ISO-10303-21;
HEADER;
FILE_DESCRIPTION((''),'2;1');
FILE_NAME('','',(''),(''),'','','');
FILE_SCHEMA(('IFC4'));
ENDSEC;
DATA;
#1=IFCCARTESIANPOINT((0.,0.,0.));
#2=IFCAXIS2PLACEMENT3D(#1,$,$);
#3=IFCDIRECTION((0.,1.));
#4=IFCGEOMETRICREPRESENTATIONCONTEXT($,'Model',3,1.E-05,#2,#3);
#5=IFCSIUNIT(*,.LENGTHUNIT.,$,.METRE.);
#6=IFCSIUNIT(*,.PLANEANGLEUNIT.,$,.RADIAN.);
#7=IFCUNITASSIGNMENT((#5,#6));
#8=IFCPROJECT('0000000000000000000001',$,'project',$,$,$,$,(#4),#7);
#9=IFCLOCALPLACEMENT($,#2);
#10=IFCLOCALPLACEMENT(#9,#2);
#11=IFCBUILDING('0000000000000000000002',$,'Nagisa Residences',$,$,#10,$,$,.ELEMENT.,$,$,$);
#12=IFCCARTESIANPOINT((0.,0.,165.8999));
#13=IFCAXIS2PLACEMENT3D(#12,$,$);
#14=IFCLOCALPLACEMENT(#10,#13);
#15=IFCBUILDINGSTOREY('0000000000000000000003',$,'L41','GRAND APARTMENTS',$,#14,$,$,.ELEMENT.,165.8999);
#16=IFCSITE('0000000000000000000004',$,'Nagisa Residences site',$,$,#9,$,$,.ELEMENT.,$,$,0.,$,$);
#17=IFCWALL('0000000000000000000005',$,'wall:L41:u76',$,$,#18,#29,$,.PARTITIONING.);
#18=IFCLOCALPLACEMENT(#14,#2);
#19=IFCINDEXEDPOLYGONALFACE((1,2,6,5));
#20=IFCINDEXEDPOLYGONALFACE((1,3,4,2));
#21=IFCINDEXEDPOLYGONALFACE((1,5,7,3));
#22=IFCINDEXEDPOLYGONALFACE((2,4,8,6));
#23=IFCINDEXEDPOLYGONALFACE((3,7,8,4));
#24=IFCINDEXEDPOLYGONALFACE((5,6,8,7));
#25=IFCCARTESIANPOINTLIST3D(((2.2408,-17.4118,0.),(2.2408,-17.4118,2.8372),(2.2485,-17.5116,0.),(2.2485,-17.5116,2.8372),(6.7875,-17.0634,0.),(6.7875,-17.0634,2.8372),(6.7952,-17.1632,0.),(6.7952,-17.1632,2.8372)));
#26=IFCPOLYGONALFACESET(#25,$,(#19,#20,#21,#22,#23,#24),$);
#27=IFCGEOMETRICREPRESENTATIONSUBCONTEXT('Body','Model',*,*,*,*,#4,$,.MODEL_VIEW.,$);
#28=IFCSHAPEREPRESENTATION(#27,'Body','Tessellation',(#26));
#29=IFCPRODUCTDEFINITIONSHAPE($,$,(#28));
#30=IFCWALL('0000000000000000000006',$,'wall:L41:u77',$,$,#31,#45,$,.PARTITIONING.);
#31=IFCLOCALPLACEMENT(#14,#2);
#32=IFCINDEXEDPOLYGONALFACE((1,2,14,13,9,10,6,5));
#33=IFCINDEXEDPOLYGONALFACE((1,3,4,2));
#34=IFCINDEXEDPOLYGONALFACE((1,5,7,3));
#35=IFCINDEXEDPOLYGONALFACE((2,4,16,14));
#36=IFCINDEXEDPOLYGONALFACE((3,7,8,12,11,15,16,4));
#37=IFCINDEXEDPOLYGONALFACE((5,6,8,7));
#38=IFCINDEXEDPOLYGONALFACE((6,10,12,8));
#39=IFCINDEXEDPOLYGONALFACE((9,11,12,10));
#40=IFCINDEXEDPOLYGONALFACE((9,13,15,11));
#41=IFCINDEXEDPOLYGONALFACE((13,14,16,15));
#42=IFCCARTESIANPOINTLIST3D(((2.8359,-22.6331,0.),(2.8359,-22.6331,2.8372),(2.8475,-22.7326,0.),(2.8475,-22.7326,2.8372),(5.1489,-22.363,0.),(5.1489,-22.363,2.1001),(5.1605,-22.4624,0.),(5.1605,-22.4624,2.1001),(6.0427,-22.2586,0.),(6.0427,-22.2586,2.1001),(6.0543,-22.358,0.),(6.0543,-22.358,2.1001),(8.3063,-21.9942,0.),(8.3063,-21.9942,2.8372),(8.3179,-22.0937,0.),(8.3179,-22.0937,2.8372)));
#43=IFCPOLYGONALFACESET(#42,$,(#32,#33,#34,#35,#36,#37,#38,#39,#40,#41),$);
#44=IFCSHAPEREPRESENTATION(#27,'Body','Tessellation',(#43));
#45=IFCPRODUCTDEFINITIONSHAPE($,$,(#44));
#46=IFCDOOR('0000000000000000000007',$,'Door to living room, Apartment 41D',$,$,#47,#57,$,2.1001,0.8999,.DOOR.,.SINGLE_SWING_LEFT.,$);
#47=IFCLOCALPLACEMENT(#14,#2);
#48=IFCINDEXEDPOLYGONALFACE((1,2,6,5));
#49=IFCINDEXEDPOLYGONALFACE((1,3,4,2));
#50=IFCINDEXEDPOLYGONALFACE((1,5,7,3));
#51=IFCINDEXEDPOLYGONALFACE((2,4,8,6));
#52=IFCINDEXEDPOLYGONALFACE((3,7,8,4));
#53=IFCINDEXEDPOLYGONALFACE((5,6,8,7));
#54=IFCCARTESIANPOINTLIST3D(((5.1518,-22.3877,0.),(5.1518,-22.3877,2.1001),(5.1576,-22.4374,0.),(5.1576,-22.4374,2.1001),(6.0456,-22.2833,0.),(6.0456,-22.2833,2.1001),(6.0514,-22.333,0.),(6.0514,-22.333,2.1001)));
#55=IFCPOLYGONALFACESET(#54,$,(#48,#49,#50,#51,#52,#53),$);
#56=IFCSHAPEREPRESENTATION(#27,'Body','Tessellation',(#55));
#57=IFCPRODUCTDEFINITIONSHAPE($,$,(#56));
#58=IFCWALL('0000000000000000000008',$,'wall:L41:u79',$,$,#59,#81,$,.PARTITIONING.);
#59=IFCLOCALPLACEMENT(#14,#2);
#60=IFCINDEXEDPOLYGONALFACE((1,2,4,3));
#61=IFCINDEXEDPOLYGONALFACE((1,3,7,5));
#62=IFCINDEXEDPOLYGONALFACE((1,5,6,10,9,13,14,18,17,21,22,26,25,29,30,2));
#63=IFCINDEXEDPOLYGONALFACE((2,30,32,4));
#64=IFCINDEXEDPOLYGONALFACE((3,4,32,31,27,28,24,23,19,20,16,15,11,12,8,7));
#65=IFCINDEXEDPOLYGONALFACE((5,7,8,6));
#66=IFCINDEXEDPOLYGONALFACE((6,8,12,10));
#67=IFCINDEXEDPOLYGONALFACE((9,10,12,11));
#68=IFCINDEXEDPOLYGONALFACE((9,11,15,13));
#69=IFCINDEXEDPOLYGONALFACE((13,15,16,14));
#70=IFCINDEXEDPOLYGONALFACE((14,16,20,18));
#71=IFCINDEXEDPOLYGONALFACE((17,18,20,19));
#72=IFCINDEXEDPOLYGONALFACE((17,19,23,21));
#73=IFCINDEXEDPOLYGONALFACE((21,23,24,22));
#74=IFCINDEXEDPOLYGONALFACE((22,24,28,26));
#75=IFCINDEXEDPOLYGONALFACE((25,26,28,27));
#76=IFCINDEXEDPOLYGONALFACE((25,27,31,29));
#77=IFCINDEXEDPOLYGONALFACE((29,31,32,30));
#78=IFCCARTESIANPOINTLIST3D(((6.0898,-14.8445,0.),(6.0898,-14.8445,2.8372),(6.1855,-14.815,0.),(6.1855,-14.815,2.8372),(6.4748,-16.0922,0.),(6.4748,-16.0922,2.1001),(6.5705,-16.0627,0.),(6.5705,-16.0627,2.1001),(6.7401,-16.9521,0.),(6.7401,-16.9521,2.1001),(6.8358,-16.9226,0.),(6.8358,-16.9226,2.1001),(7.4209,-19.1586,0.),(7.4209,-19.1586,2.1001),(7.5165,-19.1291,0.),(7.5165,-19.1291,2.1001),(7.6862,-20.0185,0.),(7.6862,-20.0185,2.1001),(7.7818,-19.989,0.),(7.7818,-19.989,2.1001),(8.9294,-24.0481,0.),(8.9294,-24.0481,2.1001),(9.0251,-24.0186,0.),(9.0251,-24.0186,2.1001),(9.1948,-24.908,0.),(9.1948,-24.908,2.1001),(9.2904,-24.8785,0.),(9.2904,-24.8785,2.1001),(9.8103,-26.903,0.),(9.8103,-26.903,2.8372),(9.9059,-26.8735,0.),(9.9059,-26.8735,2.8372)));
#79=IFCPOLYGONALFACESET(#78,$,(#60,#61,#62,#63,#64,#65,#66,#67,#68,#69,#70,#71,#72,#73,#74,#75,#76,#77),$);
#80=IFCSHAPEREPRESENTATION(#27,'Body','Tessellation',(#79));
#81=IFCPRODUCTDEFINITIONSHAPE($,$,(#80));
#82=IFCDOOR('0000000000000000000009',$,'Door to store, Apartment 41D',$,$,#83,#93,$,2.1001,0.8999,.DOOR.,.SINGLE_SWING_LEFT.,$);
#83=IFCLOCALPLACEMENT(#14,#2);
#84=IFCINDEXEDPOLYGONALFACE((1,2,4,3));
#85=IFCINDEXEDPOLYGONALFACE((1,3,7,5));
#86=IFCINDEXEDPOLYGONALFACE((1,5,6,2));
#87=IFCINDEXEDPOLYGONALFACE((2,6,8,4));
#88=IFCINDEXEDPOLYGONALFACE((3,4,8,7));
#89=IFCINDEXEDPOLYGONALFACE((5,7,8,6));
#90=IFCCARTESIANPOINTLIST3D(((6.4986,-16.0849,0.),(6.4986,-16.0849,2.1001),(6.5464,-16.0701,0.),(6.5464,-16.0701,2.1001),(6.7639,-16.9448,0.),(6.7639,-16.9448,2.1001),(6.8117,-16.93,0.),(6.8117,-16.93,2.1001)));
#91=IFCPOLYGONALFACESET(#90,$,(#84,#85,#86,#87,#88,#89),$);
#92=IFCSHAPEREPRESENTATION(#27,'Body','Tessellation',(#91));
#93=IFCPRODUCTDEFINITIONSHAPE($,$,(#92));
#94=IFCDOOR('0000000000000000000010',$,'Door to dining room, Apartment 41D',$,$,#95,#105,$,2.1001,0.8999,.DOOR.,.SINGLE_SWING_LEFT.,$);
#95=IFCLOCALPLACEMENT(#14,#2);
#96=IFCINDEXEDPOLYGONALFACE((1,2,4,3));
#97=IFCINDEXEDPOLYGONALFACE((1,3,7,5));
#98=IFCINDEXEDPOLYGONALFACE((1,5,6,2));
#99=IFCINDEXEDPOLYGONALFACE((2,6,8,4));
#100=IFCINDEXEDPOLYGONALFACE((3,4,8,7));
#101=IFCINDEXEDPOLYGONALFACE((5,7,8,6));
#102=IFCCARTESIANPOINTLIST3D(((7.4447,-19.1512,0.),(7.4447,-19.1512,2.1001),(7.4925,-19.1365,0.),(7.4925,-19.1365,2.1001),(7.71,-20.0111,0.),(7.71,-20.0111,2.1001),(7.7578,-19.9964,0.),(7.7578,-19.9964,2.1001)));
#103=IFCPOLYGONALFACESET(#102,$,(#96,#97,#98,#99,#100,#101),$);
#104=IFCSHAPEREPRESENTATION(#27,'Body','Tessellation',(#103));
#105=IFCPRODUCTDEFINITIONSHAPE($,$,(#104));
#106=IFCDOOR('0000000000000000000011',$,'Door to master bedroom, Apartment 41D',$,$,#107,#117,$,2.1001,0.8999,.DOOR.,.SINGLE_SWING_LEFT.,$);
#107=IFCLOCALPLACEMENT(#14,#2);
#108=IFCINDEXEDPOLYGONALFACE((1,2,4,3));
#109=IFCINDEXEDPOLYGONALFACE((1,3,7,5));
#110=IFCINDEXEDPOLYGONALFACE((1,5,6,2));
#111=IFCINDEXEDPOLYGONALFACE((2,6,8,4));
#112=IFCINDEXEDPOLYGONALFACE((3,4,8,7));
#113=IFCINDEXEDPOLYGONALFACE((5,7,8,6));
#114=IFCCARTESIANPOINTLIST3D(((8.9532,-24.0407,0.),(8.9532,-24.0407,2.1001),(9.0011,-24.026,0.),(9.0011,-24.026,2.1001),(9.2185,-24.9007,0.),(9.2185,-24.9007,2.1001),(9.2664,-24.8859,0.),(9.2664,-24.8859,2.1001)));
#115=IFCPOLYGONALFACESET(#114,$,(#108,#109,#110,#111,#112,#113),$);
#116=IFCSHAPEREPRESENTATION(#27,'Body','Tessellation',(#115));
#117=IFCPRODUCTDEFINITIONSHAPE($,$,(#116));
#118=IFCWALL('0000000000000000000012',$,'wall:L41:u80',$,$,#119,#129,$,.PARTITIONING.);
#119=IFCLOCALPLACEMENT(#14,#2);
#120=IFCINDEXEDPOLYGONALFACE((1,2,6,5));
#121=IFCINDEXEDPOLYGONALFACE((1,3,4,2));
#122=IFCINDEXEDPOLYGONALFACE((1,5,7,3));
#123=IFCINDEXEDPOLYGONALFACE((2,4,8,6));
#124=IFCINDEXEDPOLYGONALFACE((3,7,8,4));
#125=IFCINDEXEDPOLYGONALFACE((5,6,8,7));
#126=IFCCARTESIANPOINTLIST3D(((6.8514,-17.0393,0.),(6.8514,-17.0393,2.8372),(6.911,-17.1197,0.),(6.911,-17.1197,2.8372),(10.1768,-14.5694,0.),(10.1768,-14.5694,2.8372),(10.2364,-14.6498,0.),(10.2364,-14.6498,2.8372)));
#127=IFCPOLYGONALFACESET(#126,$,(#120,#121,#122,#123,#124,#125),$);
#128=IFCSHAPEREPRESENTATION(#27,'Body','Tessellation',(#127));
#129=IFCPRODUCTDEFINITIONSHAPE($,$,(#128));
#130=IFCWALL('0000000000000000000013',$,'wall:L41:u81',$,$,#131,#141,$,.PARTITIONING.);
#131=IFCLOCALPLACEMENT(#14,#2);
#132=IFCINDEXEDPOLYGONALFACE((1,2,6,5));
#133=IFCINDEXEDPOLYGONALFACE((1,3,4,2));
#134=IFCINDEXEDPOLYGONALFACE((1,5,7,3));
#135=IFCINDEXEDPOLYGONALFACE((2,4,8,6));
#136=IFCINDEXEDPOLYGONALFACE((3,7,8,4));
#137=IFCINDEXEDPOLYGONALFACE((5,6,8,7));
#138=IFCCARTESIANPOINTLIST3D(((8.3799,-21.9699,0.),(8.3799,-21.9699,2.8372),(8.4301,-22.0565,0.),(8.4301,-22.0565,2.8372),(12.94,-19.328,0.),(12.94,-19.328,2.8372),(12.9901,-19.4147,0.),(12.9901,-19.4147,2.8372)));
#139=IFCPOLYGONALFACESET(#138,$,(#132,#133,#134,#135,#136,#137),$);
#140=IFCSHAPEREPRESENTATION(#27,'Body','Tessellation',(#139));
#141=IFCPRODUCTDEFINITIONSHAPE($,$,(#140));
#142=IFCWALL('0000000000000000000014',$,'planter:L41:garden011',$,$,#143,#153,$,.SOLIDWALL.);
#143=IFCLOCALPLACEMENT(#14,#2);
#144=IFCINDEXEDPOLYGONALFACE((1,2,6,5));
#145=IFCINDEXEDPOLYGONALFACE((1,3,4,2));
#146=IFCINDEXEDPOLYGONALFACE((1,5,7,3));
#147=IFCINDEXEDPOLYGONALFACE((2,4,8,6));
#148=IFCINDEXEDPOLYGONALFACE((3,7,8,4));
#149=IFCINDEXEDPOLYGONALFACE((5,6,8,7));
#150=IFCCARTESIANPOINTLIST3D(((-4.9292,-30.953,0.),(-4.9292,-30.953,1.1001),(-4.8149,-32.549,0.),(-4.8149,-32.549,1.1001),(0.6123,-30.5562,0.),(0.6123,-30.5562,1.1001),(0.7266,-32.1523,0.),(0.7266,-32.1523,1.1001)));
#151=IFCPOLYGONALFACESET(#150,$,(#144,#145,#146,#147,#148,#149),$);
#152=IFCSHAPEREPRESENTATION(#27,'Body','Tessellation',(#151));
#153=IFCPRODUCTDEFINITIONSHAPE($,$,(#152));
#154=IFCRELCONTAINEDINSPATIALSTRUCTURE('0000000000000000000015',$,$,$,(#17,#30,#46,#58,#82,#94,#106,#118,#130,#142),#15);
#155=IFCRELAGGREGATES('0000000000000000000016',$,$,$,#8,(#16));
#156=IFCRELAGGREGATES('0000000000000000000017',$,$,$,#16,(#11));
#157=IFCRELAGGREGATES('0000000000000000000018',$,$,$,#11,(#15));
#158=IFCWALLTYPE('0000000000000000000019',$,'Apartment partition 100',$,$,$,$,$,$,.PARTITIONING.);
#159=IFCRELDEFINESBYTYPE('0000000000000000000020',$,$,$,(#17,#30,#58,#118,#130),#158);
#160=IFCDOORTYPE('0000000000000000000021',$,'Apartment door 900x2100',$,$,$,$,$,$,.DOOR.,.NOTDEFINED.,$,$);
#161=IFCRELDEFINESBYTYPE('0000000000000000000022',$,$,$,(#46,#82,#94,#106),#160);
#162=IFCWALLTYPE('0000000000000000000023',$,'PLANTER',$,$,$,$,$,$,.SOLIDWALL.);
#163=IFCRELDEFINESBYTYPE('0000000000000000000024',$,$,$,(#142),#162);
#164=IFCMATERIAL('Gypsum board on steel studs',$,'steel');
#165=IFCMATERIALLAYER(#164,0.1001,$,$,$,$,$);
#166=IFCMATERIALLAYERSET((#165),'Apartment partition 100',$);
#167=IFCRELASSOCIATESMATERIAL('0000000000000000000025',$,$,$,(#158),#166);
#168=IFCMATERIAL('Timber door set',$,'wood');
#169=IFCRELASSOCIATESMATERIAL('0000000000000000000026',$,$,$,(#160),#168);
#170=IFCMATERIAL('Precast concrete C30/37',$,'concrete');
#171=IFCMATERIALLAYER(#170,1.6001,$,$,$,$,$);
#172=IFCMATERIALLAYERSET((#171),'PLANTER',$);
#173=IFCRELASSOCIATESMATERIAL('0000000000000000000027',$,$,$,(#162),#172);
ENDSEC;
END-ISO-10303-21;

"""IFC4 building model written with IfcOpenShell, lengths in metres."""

from ifc_helpers import new_model, si_unit, direction, frame, frame_2d, origin, place, context, subcontext, project, spatial, rectangle, extrude, material, layer, layer_set, type_object, element, fill, save


model = new_model("IFC4")

# Units and contexts
model_context = context("Model", 3, precision=1e-05, world=origin(), true_north=direction((0.0, 1.0)))
body_context = subcontext(model_context, "Body", "Model", "MODEL_VIEW")
ifc_project = project(units=[si_unit("LENGTHUNIT", "METRE"), si_unit("PLANEANGLEUNIT", "RADIAN")], contexts=[model_context])

# Site, building, storey
site_placement = place(None, origin())
site = spatial("IfcSite", under=ifc_project, at=site_placement, Name="Nagisa Residences site", CompositionType="ELEMENT", RefElevation=0.0)
building_placement = place(site_placement, origin())
building = spatial("IfcBuilding", under=site, at=building_placement, Name="Nagisa Residences", CompositionType="ELEMENT")
storey_placement = place(building_placement, frame((0.0, 0.0, 165.8999)))
storey = spatial("IfcBuildingStorey", under=building, at=storey_placement, Name="L41", Description="GRAND APARTMENTS", CompositionType="ELEMENT", Elevation=165.8999)

# Wall
ifc_material_1 = material(Name="Gypsum board on steel studs", Category="steel")
ifc_layer_1 = layer(ifc_material_1, 0.1001)
ifc_layer_set_1 = layer_set([ifc_layer_1], Name="Apartment partition 100")
wall_type_1 = type_object("IfcWallType", Name="Apartment partition 100", PredefinedType="PARTITIONING", material=ifc_layer_set_1)
wall_1_placement = place(storey_placement, frame((2.2446, -17.4617, 0.0), z_axis=(0.0, 0.0, 1.0), x_axis=(0.997077, 0.076402, 0.0)))
element("IfcWall", 1, at=wall_1_placement, inside=storey, type_object=wall_type_1, Name="wall:L41:u76", PredefinedType="PARTITIONING", context=body_context, shape_type="SweptSolid", body=[
    extrude(rectangle(XDim=4.5601, YDim=0.1001, at=frame_2d((2.28, 0.0))), origin(), (0.0, 0.0, 1.0), 2.8372),
])

# Wall, opening, door
wall_2_placement = place(storey_placement, frame((2.8416, -22.6829, 0.0), z_axis=(0.0, 0.0, 1.0), x_axis=(0.993249, 0.116005, 0.0)))
wall_2 = element("IfcWall", 2, at=wall_2_placement, inside=storey, type_object=wall_type_1, Name="wall:L41:u77", PredefinedType="PARTITIONING", context=body_context, shape_type="SweptSolid", body=[
    extrude(rectangle(XDim=5.5076, YDim=0.1001, at=frame_2d((2.7539, 0.0))), origin(), (0.0, 0.0, 1.0), 2.8372),
])
opening_1_placement = place(wall_2_placement, frame((2.3289, 0.0, 0.0)))
opening_1 = element("IfcOpeningElement", 3, at=opening_1_placement, cuts=wall_2, PredefinedType="OPENING", context=body_context, shape_type="SweptSolid", body=[
    extrude(rectangle(XDim=0.8999, YDim=2.1001, at=frame_2d((0.45, 1.05))), frame((0.0, 0.0601, 0.0), z_axis=(0.0, -1.0, 0.0), x_axis=(1.0, 0.0, 0.0)), (0.0, 0.0, 1.0), 0.1201),
])
ifc_material_2 = material(Name="Timber door set", Category="wood")
door_type_1 = type_object("IfcDoorType", Name="Apartment door 900x2100", OperationType="NOTDEFINED", PredefinedType="DOOR", material=ifc_material_2)
door_1_placement = place(opening_1_placement, frame((0.8999, 0.0, 0.0), x_axis=(-1.0, 0.0, 0.0)))
door_1 = element("IfcDoor", 4, at=door_1_placement, inside=storey, type_object=door_type_1, Name="Door to living room, Apartment 41D", OperationType="SINGLE_SWING_LEFT", OverallHeight=2.1001, OverallWidth=0.8999, PredefinedType="DOOR", context=body_context, shape_type="SweptSolid", body=[
    extrude(rectangle(XDim=0.8999, YDim=2.1001, at=frame_2d((0.45, 1.05))), frame((0.0, 0.0249, 0.0), z_axis=(0.0, -1.0, 0.0), x_axis=(1.0, 0.0, 0.0)), (0.0, 0.0, 1.0), 0.05),
])
fill(opening_1, door_1)

# Wall, openings, doors
wall_3_placement = place(storey_placement, frame((6.1377, -14.8298, 0.0), z_axis=(0.0, 0.0, 1.0), x_axis=(0.294819, -0.955553, 0.0)))
wall_3 = element("IfcWall", 5, at=wall_3_placement, inside=storey, type_object=wall_type_1, Name="wall:L41:u79", PredefinedType="PARTITIONING", context=body_context, shape_type="SweptSolid", body=[
    extrude(rectangle(XDim=12.6194, YDim=0.1001, at=frame_2d((6.3096, 0.0))), origin(), (0.0, 0.0, 1.0), 2.8372),
])
opening_2_placement = place(wall_3_placement, frame((1.3057, 0.0, 0.0)))
opening_2 = element("IfcOpeningElement", 6, at=opening_2_placement, cuts=wall_3, PredefinedType="OPENING", context=body_context, shape_type="SweptSolid", body=[
    extrude(rectangle(XDim=0.8999, YDim=2.1001, at=frame_2d((0.45, 1.05))), frame((0.0, 0.0601, 0.0), z_axis=(0.0, -1.0, 0.0), x_axis=(1.0, 0.0, 0.0)), (0.0, 0.0, 1.0), 0.1201),
])
opening_3_placement = place(wall_3_placement, frame((4.5146, 0.0, 0.0)))
opening_3 = element("IfcOpeningElement", 7, at=opening_3_placement, cuts=wall_3, PredefinedType="OPENING", context=body_context, shape_type="SweptSolid", body=[
    extrude(rectangle(XDim=0.8999, YDim=2.1001, at=frame_2d((0.45, 1.05))), frame((0.0, 0.0601, 0.0), z_axis=(0.0, -1.0, 0.0), x_axis=(1.0, 0.0, 0.0)), (0.0, 0.0, 1.0), 0.1201),
])
opening_4_placement = place(wall_3_placement, frame((9.6316, 0.0, 0.0)))
opening_4 = element("IfcOpeningElement", 8, at=opening_4_placement, cuts=wall_3, PredefinedType="OPENING", context=body_context, shape_type="SweptSolid", body=[
    extrude(rectangle(XDim=0.8999, YDim=2.1001, at=frame_2d((0.45, 1.05))), frame((0.0, 0.0601, 0.0), z_axis=(0.0, -1.0, 0.0), x_axis=(1.0, 0.0, 0.0)), (0.0, 0.0, 1.0), 0.1201),
])
door_2_placement = place(opening_2_placement, origin())
door_2 = element("IfcDoor", 9, at=door_2_placement, inside=storey, type_object=door_type_1, Name="Door to store, Apartment 41D", OperationType="SINGLE_SWING_LEFT", OverallHeight=2.1001, OverallWidth=0.8999, PredefinedType="DOOR", context=body_context, shape_type="SweptSolid", body=[
    extrude(rectangle(XDim=0.8999, YDim=2.1001, at=frame_2d((0.45, 1.05))), frame((0.0, 0.0249, 0.0), z_axis=(0.0, -1.0, 0.0), x_axis=(1.0, 0.0, 0.0)), (0.0, 0.0, 1.0), 0.05),
])
fill(opening_2, door_2)
door_3_placement = place(opening_3_placement, origin())
door_3 = element("IfcDoor", 10, at=door_3_placement, inside=storey, type_object=door_type_1, Name="Door to dining room, Apartment 41D", OperationType="SINGLE_SWING_LEFT", OverallHeight=2.1001, OverallWidth=0.8999, PredefinedType="DOOR", context=body_context, shape_type="SweptSolid", body=[
    extrude(rectangle(XDim=0.8999, YDim=2.1001, at=frame_2d((0.45, 1.05))), frame((0.0, 0.0249, 0.0), z_axis=(0.0, -1.0, 0.0), x_axis=(1.0, 0.0, 0.0)), (0.0, 0.0, 1.0), 0.05),
])
fill(opening_3, door_3)
door_4_placement = place(opening_4_placement, origin())
door_4 = element("IfcDoor", 11, at=door_4_placement, inside=storey, type_object=door_type_1, Name="Door to master bedroom, Apartment 41D", OperationType="SINGLE_SWING_LEFT", OverallHeight=2.1001, OverallWidth=0.8999, PredefinedType="DOOR", context=body_context, shape_type="SweptSolid", body=[
    extrude(rectangle(XDim=0.8999, YDim=2.1001, at=frame_2d((0.45, 1.05))), frame((0.0, 0.0249, 0.0), z_axis=(0.0, -1.0, 0.0), x_axis=(1.0, 0.0, 0.0)), (0.0, 0.0, 1.0), 0.05),
])
fill(opening_4, door_4)

# Walls
wall_4_placement = place(storey_placement, frame((6.8811, -17.0796, 0.0), z_axis=(0.0, 0.0, 1.0), x_axis=(0.802785, 0.596269, 0.0)))
element("IfcWall", 12, at=wall_4_placement, inside=storey, type_object=wall_type_1, Name="wall:L41:u80", PredefinedType="PARTITIONING", context=body_context, shape_type="SweptSolid", body=[
    extrude(rectangle(XDim=4.1423, YDim=0.1001, at=frame_2d((2.0713, 0.0))), origin(), (0.0, 0.0, 1.0), 2.8372),
])
wall_5_placement = place(storey_placement, frame((8.405, -22.0132, 0.0), z_axis=(0.0, 0.0, 1.0), x_axis=(0.865277, 0.501294, 0.0)))
element("IfcWall", 13, at=wall_5_placement, inside=storey, type_object=wall_type_1, Name="wall:L41:u81", PredefinedType="PARTITIONING", context=body_context, shape_type="SweptSolid", body=[
    extrude(rectangle(XDim=5.27, YDim=0.1001, at=frame_2d((2.635, 0.0))), origin(), (0.0, 0.0, 1.0), 2.8372),
])

# Wall
ifc_material_3 = material(Name="Precast concrete C30/37", Category="concrete")
ifc_layer_2 = layer(ifc_material_3, 1.6001)
ifc_layer_set_2 = layer_set([ifc_layer_2], Name="PLANTER")
wall_type_2 = type_object("IfcWallType", Name="PLANTER", PredefinedType="SOLIDWALL", material=ifc_layer_set_2)
wall_6_placement = place(storey_placement, frame((0.6694, -31.3542, 0.0), z_axis=(0.0, 0.0, 1.0), x_axis=(-0.997447, -0.071409, 0.0)))
element("IfcWall", 14, at=wall_6_placement, inside=storey, type_object=wall_type_2, Name="planter:L41:garden011", PredefinedType="SOLIDWALL", context=body_context, shape_type="SweptSolid", body=[
    extrude(rectangle(XDim=5.5557, YDim=1.6001, at=frame_2d((2.7778, 0.0))), origin(), (0.0, 0.0, 1.0), 1.1001),
])

save(model, "model.ifc")
